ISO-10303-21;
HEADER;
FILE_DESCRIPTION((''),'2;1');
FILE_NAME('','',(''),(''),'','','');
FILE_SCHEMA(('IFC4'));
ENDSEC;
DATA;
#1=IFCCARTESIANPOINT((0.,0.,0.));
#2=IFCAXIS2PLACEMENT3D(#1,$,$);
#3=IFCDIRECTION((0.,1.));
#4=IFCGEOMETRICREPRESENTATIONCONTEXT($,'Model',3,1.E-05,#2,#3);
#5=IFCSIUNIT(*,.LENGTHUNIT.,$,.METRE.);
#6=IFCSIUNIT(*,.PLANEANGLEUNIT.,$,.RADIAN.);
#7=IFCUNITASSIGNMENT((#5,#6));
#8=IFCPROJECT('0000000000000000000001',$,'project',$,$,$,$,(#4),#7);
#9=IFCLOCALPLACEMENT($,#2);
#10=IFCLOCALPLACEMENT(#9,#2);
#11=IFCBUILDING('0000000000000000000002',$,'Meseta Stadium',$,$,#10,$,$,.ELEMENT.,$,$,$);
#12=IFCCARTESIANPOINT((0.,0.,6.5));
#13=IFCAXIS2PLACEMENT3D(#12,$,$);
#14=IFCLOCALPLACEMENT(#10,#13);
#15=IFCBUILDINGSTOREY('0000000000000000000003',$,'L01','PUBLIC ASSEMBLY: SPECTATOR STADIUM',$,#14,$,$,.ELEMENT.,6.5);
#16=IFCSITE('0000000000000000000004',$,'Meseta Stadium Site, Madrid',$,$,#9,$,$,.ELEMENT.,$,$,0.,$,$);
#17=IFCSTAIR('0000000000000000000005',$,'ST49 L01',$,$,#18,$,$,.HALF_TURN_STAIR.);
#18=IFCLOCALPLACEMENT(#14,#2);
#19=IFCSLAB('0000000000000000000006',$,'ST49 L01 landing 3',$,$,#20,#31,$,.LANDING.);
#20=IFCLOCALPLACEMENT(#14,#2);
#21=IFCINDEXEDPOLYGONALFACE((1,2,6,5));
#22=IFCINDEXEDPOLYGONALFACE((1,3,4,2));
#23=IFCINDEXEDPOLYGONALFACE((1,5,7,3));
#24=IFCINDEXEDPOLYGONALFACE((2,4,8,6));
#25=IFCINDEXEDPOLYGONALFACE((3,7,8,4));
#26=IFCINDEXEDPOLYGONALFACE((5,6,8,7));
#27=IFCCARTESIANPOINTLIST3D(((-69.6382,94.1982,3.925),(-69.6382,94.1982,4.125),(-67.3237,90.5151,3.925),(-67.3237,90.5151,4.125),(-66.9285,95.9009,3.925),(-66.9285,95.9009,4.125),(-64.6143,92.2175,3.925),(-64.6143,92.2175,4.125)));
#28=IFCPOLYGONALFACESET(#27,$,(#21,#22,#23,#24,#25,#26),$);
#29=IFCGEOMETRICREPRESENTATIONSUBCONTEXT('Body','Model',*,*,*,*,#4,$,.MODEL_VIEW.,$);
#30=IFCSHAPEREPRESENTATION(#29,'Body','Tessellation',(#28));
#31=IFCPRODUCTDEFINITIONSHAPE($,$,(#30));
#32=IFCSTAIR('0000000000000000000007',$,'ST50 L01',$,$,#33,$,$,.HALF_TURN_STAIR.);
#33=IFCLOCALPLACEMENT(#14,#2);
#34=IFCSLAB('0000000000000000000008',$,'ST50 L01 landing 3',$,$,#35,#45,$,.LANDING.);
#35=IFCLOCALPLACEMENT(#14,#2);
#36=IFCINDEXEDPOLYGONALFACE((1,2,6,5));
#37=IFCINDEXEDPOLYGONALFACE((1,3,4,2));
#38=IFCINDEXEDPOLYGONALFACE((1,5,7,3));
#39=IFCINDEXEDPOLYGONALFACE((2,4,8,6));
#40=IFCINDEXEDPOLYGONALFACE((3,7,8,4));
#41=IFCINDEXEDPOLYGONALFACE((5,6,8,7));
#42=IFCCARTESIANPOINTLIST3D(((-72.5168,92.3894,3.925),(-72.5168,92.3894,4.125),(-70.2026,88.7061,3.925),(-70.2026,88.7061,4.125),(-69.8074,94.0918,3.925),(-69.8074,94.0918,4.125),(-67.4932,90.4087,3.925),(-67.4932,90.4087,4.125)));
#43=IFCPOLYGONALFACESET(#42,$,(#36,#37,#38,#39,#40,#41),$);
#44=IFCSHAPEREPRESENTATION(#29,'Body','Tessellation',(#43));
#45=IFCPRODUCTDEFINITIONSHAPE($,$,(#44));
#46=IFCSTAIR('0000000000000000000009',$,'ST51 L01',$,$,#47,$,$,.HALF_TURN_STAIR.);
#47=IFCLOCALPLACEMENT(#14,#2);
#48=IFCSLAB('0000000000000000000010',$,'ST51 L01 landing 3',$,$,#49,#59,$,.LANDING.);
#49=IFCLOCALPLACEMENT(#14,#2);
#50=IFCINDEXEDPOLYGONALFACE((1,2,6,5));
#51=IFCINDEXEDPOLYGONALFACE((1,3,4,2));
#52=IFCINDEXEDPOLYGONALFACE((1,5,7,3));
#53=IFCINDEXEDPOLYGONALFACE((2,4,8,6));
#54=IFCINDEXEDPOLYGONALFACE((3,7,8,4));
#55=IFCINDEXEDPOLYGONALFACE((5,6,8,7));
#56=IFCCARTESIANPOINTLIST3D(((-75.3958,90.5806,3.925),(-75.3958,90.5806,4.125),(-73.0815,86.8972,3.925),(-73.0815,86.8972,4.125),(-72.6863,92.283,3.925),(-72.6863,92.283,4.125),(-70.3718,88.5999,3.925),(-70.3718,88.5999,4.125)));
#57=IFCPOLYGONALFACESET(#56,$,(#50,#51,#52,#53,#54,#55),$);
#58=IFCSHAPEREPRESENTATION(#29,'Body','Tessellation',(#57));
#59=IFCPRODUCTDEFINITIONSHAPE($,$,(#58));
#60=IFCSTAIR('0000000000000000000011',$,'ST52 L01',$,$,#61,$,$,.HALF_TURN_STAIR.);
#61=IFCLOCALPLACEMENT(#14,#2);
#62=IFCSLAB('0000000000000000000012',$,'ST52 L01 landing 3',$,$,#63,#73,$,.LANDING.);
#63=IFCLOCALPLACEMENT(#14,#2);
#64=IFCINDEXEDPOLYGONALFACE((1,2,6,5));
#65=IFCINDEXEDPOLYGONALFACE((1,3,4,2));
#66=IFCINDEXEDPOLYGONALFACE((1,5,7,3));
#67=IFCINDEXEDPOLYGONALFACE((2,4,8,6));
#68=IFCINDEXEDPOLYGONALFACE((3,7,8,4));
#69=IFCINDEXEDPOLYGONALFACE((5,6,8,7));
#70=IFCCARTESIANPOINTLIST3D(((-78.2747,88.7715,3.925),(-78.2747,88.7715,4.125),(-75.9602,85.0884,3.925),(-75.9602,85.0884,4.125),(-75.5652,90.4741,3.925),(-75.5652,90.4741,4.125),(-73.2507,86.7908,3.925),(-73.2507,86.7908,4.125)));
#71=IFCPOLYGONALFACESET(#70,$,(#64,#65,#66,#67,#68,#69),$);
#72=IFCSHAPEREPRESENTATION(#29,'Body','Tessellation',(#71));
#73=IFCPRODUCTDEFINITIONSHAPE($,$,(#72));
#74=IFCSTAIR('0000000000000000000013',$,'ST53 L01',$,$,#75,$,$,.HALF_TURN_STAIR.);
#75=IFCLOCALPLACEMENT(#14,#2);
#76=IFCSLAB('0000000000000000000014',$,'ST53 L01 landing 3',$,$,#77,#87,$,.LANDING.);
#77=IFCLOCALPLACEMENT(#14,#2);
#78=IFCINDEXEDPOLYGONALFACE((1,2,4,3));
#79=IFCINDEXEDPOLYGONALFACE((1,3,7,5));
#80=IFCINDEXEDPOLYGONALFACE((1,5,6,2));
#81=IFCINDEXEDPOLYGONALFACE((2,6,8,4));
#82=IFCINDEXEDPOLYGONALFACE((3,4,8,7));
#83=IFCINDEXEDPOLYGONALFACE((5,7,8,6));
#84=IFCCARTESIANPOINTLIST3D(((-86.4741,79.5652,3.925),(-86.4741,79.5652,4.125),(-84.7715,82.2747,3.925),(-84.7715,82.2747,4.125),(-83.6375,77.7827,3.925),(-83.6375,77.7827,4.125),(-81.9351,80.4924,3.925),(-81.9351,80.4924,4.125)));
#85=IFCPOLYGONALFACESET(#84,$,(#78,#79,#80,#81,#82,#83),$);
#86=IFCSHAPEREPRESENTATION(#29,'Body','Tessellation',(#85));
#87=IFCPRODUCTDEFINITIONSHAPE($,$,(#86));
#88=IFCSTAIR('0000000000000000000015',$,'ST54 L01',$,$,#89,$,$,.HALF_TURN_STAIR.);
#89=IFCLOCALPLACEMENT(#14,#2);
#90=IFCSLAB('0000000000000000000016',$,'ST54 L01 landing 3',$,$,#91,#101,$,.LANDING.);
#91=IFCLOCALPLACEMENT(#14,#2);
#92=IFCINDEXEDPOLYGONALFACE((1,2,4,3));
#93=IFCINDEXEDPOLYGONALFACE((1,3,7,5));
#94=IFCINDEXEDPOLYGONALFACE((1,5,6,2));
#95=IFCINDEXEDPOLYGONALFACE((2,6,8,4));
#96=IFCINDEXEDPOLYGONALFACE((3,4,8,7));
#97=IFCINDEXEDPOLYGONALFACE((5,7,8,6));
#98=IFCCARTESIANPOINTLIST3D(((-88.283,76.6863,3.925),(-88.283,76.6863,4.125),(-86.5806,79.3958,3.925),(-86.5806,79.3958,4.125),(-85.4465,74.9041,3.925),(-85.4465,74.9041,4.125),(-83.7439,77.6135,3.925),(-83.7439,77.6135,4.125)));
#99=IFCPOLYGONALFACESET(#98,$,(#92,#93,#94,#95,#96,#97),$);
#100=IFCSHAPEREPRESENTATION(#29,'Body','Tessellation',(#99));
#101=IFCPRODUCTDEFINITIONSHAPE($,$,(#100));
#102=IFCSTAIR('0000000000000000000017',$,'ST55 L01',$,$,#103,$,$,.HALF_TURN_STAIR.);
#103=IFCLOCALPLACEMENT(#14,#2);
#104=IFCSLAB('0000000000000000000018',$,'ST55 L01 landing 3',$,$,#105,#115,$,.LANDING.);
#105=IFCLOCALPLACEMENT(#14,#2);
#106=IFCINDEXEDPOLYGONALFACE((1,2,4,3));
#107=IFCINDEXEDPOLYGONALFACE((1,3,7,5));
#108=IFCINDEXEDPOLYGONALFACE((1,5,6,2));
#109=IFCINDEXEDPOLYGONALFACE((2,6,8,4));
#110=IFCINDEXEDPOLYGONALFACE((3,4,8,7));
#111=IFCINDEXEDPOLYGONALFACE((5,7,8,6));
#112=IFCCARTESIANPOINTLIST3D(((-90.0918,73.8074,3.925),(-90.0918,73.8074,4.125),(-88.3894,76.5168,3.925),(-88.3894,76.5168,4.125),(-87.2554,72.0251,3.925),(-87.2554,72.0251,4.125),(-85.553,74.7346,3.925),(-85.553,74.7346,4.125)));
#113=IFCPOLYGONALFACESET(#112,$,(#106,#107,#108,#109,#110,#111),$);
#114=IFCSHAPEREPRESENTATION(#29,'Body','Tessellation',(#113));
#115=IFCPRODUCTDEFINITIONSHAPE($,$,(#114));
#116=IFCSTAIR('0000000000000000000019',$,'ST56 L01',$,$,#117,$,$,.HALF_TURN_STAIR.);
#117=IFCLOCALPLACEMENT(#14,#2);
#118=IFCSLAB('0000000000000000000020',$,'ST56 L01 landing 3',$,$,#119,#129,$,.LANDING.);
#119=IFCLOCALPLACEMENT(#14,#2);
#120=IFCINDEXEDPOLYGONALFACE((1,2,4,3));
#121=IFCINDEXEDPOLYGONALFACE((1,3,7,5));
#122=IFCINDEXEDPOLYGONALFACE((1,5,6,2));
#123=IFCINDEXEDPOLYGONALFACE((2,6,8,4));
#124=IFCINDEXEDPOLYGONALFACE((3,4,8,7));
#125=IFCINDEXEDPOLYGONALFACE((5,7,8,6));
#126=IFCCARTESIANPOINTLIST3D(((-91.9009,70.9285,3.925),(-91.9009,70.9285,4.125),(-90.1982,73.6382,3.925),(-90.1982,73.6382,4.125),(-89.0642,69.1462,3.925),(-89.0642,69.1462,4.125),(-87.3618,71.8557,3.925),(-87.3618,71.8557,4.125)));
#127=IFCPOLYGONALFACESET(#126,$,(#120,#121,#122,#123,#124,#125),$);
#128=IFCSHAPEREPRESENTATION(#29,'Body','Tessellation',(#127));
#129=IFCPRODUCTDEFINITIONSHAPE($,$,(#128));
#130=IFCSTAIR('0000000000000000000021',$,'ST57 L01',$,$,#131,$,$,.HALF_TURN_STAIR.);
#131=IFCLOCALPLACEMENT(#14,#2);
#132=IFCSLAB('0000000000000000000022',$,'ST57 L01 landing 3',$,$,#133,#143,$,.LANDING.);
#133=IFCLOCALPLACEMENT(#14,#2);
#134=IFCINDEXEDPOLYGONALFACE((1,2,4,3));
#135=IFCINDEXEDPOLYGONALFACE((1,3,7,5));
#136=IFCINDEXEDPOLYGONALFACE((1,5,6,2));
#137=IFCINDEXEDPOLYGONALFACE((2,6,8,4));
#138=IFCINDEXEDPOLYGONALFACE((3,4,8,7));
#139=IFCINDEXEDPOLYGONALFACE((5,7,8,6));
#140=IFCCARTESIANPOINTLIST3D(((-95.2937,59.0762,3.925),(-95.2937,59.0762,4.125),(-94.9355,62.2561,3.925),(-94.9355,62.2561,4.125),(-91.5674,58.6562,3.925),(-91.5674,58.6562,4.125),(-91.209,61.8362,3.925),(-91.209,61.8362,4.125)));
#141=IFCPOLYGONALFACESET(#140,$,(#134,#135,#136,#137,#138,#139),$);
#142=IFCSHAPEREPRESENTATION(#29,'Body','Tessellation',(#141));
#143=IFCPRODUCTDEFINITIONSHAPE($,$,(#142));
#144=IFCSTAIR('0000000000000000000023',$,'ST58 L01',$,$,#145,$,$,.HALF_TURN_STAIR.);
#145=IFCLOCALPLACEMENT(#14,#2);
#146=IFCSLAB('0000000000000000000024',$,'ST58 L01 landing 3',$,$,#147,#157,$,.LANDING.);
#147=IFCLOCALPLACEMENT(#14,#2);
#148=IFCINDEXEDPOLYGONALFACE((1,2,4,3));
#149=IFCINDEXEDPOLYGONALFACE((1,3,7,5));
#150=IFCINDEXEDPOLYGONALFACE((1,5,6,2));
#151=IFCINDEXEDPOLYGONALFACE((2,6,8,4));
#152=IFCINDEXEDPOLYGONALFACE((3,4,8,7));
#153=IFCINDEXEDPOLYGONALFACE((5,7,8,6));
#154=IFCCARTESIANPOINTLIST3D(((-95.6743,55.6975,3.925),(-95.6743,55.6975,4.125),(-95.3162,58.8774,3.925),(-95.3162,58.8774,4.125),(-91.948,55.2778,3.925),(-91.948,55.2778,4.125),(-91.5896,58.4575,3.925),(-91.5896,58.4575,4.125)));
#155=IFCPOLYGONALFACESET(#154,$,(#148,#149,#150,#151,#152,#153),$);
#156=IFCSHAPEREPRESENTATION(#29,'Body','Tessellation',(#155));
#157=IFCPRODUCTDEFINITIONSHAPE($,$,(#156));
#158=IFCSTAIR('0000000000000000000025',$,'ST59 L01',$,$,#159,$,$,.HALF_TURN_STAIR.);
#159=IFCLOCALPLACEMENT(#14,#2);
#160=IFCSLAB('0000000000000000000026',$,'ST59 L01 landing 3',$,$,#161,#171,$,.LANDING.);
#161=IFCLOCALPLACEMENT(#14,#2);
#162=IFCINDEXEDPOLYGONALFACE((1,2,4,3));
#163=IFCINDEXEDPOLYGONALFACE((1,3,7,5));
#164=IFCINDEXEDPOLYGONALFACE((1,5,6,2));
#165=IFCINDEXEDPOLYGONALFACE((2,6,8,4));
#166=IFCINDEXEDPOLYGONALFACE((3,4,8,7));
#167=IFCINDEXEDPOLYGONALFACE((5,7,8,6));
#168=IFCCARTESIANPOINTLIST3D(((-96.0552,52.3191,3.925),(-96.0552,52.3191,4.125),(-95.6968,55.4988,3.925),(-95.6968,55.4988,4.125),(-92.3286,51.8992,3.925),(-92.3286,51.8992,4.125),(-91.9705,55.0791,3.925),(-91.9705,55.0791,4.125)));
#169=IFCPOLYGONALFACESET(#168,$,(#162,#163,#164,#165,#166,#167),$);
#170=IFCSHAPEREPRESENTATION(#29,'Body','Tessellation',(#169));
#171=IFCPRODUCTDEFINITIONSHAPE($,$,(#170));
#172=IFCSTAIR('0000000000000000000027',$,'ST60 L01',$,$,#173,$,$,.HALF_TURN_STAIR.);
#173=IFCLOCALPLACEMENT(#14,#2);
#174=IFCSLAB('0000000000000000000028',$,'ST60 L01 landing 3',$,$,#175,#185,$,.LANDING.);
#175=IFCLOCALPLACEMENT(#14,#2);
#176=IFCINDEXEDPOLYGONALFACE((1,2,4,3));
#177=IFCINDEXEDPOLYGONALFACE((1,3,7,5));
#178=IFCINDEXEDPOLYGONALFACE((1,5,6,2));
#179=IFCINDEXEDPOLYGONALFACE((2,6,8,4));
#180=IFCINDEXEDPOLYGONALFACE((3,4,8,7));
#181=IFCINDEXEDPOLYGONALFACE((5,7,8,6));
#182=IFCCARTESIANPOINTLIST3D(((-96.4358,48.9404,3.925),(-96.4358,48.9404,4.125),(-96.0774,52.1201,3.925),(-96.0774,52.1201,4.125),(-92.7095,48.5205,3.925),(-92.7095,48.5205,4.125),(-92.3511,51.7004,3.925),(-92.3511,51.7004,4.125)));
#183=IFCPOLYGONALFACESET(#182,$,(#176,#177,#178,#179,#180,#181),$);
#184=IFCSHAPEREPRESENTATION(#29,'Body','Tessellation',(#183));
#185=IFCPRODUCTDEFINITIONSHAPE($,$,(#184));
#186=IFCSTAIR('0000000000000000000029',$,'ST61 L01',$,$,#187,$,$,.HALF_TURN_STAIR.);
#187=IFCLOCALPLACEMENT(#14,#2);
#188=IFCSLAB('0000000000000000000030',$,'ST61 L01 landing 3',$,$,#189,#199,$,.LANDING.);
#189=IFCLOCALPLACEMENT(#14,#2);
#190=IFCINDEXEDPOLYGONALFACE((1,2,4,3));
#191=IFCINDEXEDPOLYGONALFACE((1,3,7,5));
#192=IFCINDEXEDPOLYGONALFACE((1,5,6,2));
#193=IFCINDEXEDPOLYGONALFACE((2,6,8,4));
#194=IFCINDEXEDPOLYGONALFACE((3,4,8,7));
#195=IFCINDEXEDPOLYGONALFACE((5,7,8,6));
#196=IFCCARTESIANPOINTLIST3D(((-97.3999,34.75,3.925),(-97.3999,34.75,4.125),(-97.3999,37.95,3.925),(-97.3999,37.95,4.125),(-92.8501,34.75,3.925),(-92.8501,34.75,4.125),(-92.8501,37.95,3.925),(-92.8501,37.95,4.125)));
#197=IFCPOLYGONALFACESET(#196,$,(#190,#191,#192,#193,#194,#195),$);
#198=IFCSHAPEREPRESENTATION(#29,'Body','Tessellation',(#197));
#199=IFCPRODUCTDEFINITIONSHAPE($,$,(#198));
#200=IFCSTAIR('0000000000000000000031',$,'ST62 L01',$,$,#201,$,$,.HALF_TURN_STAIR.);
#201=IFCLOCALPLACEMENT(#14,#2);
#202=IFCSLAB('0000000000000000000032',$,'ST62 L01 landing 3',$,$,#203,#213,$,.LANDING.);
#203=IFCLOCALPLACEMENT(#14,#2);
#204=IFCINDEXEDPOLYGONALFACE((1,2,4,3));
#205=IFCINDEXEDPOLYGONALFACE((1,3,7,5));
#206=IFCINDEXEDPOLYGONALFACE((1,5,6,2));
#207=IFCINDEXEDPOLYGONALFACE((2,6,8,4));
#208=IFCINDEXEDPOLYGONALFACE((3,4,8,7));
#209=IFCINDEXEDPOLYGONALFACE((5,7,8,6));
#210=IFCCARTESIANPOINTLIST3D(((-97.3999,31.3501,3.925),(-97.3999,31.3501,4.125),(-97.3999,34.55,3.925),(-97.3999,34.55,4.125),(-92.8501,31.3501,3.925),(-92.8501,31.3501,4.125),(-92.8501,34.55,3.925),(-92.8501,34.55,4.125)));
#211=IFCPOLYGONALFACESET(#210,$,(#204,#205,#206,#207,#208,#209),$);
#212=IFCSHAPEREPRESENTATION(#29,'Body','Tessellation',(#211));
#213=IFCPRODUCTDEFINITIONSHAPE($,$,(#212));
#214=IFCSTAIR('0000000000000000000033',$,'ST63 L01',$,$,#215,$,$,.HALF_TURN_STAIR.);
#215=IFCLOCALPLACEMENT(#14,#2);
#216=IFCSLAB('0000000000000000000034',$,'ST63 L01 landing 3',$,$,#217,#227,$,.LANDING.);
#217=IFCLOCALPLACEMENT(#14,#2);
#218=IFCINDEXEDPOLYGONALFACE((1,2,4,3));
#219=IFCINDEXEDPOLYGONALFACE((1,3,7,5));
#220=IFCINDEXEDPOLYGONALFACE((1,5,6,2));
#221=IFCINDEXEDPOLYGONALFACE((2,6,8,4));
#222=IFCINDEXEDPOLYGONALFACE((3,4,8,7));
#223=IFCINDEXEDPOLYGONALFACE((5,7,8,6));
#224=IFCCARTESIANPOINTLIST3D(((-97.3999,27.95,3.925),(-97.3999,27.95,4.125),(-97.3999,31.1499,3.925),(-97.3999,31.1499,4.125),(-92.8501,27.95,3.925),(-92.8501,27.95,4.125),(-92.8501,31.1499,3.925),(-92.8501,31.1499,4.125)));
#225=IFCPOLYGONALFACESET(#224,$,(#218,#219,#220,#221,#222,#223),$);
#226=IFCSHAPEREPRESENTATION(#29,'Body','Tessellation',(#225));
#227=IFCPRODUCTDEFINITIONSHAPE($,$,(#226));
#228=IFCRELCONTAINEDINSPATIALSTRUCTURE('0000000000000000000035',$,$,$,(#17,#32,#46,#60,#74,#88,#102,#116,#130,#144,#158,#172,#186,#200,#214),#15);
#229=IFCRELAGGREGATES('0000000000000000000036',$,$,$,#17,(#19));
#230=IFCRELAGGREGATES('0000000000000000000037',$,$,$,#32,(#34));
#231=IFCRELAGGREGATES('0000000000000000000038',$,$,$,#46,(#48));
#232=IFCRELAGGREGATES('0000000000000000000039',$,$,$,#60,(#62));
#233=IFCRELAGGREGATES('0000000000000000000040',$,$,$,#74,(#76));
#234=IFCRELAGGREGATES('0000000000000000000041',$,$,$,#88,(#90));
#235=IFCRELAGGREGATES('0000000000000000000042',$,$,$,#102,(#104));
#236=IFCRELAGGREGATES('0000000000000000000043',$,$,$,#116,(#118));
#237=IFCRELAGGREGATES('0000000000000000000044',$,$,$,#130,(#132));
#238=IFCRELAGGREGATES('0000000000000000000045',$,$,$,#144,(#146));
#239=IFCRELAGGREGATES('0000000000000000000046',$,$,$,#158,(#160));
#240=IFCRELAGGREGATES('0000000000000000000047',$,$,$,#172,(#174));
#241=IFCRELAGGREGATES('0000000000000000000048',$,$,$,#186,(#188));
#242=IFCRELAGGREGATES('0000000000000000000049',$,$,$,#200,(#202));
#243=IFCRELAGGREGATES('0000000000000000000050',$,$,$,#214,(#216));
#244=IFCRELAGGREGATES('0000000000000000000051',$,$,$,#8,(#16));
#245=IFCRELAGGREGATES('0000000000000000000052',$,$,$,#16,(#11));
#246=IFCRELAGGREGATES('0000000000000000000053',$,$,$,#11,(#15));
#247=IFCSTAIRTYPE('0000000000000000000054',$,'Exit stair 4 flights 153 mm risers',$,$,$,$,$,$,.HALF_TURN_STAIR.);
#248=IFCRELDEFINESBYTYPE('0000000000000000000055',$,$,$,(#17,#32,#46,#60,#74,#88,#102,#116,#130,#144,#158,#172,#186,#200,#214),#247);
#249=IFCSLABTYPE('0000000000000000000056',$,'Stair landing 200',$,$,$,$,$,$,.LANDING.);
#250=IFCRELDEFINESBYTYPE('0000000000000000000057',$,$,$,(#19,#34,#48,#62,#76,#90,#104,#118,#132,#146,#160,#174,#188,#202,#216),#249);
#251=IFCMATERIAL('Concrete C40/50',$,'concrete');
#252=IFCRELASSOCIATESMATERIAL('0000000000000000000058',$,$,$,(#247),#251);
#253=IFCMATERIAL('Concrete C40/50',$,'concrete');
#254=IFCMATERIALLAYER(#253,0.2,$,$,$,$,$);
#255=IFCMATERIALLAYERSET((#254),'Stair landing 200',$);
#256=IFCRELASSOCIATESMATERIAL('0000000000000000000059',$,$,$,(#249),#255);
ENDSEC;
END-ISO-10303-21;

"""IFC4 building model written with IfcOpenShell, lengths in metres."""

from ifc_helpers import new_model, si_unit, direction, frame, origin, place, context, subcontext, project, spatial, polyline, outline, extrude, material, layer, layer_set, type_object, element, aggregate, save


model = new_model("IFC4")

# Units and contexts
model_context = context("Model", 3, precision=1e-05, world=origin(), true_north=direction((0.0, 1.0)))
body_context = subcontext(model_context, "Body", "Model", "MODEL_VIEW")
ifc_project = project(units=[si_unit("LENGTHUNIT", "METRE"), si_unit("PLANEANGLEUNIT", "RADIAN")], contexts=[model_context])

# Site, building, storey
site_placement = place(None, origin())
site = spatial("IfcSite", under=ifc_project, at=site_placement, Name="Meseta Stadium Site, Madrid", CompositionType="ELEMENT", RefElevation=0.0)
building_placement = place(site_placement, origin())
building = spatial("IfcBuilding", under=site, at=building_placement, Name="Meseta Stadium", CompositionType="ELEMENT")
storey_placement = place(building_placement, frame((0.0, 0.0, 6.5)))
storey = spatial("IfcBuildingStorey", under=building, at=storey_placement, Name="L01", Description="PUBLIC ASSEMBLY: SPECTATOR STADIUM", CompositionType="ELEMENT", Elevation=6.5)

# Stairs, slabs
ifc_material_1 = material(Name="Concrete C40/50", Category="concrete")
stair_type = type_object("IfcStairType", Name="Exit stair 4 flights 153 mm risers", PredefinedType="HALF_TURN_STAIR", material=ifc_material_1)
ifc_material_2 = material(Name="Concrete C40/50", Category="concrete")
ifc_layer = layer(ifc_material_2, 0.2)
ifc_layer_set = layer_set([ifc_layer], Name="Stair landing 200")
slab_type = type_object("IfcSlabType", Name="Stair landing 200", PredefinedType="LANDING", material=ifc_layer_set)
stair_1_placement = place(storey_placement, origin())
stair_1 = element("IfcStair", 1, at=stair_1_placement, inside=storey, type_object=stair_type, Name="ST49 L01", PredefinedType="HALF_TURN_STAIR")
slab_1_placement = place(storey_placement, frame((0.0, 0.0, 3.925)))
slab_1 = element("IfcSlab", 2, at=slab_1_placement, type_object=slab_type, Name="ST49 L01 landing 3", PredefinedType="LANDING", context=body_context, shape_type="SweptSolid", body=[
    extrude(outline(polyline([(-64.6143, 92.2175), (-66.9285, 95.9009), (-69.6382, 94.1982), (-67.3237, 90.5151), (-64.6143, 92.2175)])), origin(), (0.0, 0.0, 1.0), 0.2),
])
aggregate(stair_1, [slab_1])
stair_2_placement = place(storey_placement, origin())
stair_2 = element("IfcStair", 3, at=stair_2_placement, inside=storey, type_object=stair_type, Name="ST50 L01", PredefinedType="HALF_TURN_STAIR")
slab_2_placement = place(storey_placement, frame((0.0, 0.0, 3.925)))
slab_2 = element("IfcSlab", 4, at=slab_2_placement, type_object=slab_type, Name="ST50 L01 landing 3", PredefinedType="LANDING", context=body_context, shape_type="SweptSolid", body=[
    extrude(outline(polyline([(-67.4932, 90.4087), (-69.8074, 94.0918), (-72.5168, 92.3894), (-70.2026, 88.7061), (-67.4932, 90.4087)])), origin(), (0.0, 0.0, 1.0), 0.2),
])
aggregate(stair_2, [slab_2])
stair_3_placement = place(storey_placement, origin())
stair_3 = element("IfcStair", 5, at=stair_3_placement, inside=storey, type_object=stair_type, Name="ST51 L01", PredefinedType="HALF_TURN_STAIR")
slab_3_placement = place(storey_placement, frame((0.0, 0.0, 3.925)))
slab_3 = element("IfcSlab", 6, at=slab_3_placement, type_object=slab_type, Name="ST51 L01 landing 3", PredefinedType="LANDING", context=body_context, shape_type="SweptSolid", body=[
    extrude(outline(polyline([(-70.3718, 88.5999), (-72.6863, 92.283), (-75.3958, 90.5806), (-73.0815, 86.8972), (-70.3718, 88.5999)])), origin(), (0.0, 0.0, 1.0), 0.2),
])
aggregate(stair_3, [slab_3])
stair_4_placement = place(storey_placement, origin())
stair_4 = element("IfcStair", 7, at=stair_4_placement, inside=storey, type_object=stair_type, Name="ST52 L01", PredefinedType="HALF_TURN_STAIR")
slab_4_placement = place(storey_placement, frame((0.0, 0.0, 3.925)))
slab_4 = element("IfcSlab", 8, at=slab_4_placement, type_object=slab_type, Name="ST52 L01 landing 3", PredefinedType="LANDING", context=body_context, shape_type="SweptSolid", body=[
    extrude(outline(polyline([(-73.2507, 86.7908), (-75.5652, 90.4741), (-78.2747, 88.7715), (-75.9602, 85.0884), (-73.2507, 86.7908)])), origin(), (0.0, 0.0, 1.0), 0.2),
])
aggregate(stair_4, [slab_4])
stair_5_placement = place(storey_placement, origin())
stair_5 = element("IfcStair", 9, at=stair_5_placement, inside=storey, type_object=stair_type, Name="ST53 L01", PredefinedType="HALF_TURN_STAIR")
slab_5_placement = place(storey_placement, frame((0.0, 0.0, 3.925)))
slab_5 = element("IfcSlab", 10, at=slab_5_placement, type_object=slab_type, Name="ST53 L01 landing 3", PredefinedType="LANDING", context=body_context, shape_type="SweptSolid", body=[
    extrude(outline(polyline([(-81.9351, 80.4924), (-84.7715, 82.2747), (-86.4741, 79.5652), (-83.6375, 77.7827), (-81.9351, 80.4924)])), origin(), (0.0, 0.0, 1.0), 0.2),
])
aggregate(stair_5, [slab_5])
stair_6_placement = place(storey_placement, origin())
stair_6 = element("IfcStair", 11, at=stair_6_placement, inside=storey, type_object=stair_type, Name="ST54 L01", PredefinedType="HALF_TURN_STAIR")
slab_6_placement = place(storey_placement, frame((0.0, 0.0, 3.925)))
slab_6 = element("IfcSlab", 12, at=slab_6_placement, type_object=slab_type, Name="ST54 L01 landing 3", PredefinedType="LANDING", context=body_context, shape_type="SweptSolid", body=[
    extrude(outline(polyline([(-83.7439, 77.6135), (-86.5806, 79.3958), (-88.283, 76.6863), (-85.4465, 74.9041), (-83.7439, 77.6135)])), origin(), (0.0, 0.0, 1.0), 0.2),
])
aggregate(stair_6, [slab_6])
stair_7_placement = place(storey_placement, origin())
stair_7 = element("IfcStair", 13, at=stair_7_placement, inside=storey, type_object=stair_type, Name="ST55 L01", PredefinedType="HALF_TURN_STAIR")
slab_7_placement = place(storey_placement, frame((0.0, 0.0, 3.925)))
slab_7 = element("IfcSlab", 14, at=slab_7_placement, type_object=slab_type, Name="ST55 L01 landing 3", PredefinedType="LANDING", context=body_context, shape_type="SweptSolid", body=[
    extrude(outline(polyline([(-85.553, 74.7346), (-88.3894, 76.5168), (-90.0918, 73.8074), (-87.2554, 72.0251), (-85.553, 74.7346)])), origin(), (0.0, 0.0, 1.0), 0.2),
])
aggregate(stair_7, [slab_7])
stair_8_placement = place(storey_placement, origin())
stair_8 = element("IfcStair", 15, at=stair_8_placement, inside=storey, type_object=stair_type, Name="ST56 L01", PredefinedType="HALF_TURN_STAIR")
slab_8_placement = place(storey_placement, frame((0.0, 0.0, 3.925)))
slab_8 = element("IfcSlab", 16, at=slab_8_placement, type_object=slab_type, Name="ST56 L01 landing 3", PredefinedType="LANDING", context=body_context, shape_type="SweptSolid", body=[
    extrude(outline(polyline([(-87.3618, 71.8557), (-90.1982, 73.6382), (-91.9009, 70.9285), (-89.0642, 69.1462), (-87.3618, 71.8557)])), origin(), (0.0, 0.0, 1.0), 0.2),
])
aggregate(stair_8, [slab_8])
stair_9_placement = place(storey_placement, origin())
stair_9 = element("IfcStair", 17, at=stair_9_placement, inside=storey, type_object=stair_type, Name="ST57 L01", PredefinedType="HALF_TURN_STAIR")
slab_9_placement = place(storey_placement, frame((0.0, 0.0, 3.925)))
slab_9 = element("IfcSlab", 18, at=slab_9_placement, type_object=slab_type, Name="ST57 L01 landing 3", PredefinedType="LANDING", context=body_context, shape_type="SweptSolid", body=[
    extrude(outline(polyline([(-91.209, 61.8362), (-94.9355, 62.2561), (-95.2937, 59.0762), (-91.5674, 58.6562), (-91.209, 61.8362)])), origin(), (0.0, 0.0, 1.0), 0.2),
])
aggregate(stair_9, [slab_9])
stair_10_placement = place(storey_placement, origin())
stair_10 = element("IfcStair", 19, at=stair_10_placement, inside=storey, type_object=stair_type, Name="ST58 L01", PredefinedType="HALF_TURN_STAIR")
slab_10_placement = place(storey_placement, frame((0.0, 0.0, 3.925)))
slab_10 = element("IfcSlab", 20, at=slab_10_placement, type_object=slab_type, Name="ST58 L01 landing 3", PredefinedType="LANDING", context=body_context, shape_type="SweptSolid", body=[
    extrude(outline(polyline([(-91.5896, 58.4575), (-95.3162, 58.8774), (-95.6743, 55.6975), (-91.948, 55.2778), (-91.5896, 58.4575)])), origin(), (0.0, 0.0, 1.0), 0.2),
])
aggregate(stair_10, [slab_10])
stair_11_placement = place(storey_placement, origin())
stair_11 = element("IfcStair", 21, at=stair_11_placement, inside=storey, type_object=stair_type, Name="ST59 L01", PredefinedType="HALF_TURN_STAIR")
slab_11_placement = place(storey_placement, frame((0.0, 0.0, 3.925)))
slab_11 = element("IfcSlab", 22, at=slab_11_placement, type_object=slab_type, Name="ST59 L01 landing 3", PredefinedType="LANDING", context=body_context, shape_type="SweptSolid", body=[
    extrude(outline(polyline([(-91.9705, 55.0791), (-95.6968, 55.4988), (-96.0552, 52.3191), (-92.3286, 51.8992), (-91.9705, 55.0791)])), origin(), (0.0, 0.0, 1.0), 0.2),
])
aggregate(stair_11, [slab_11])
stair_12_placement = place(storey_placement, origin())
stair_12 = element("IfcStair", 23, at=stair_12_placement, inside=storey, type_object=stair_type, Name="ST60 L01", PredefinedType="HALF_TURN_STAIR")
slab_12_placement = place(storey_placement, frame((0.0, 0.0, 3.925)))
slab_12 = element("IfcSlab", 24, at=slab_12_placement, type_object=slab_type, Name="ST60 L01 landing 3", PredefinedType="LANDING", context=body_context, shape_type="SweptSolid", body=[
    extrude(outline(polyline([(-92.3511, 51.7004), (-96.0774, 52.1201), (-96.4358, 48.9404), (-92.7095, 48.5205), (-92.3511, 51.7004)])), origin(), (0.0, 0.0, 1.0), 0.2),
])
aggregate(stair_12, [slab_12])
stair_13_placement = place(storey_placement, origin())
stair_13 = element("IfcStair", 25, at=stair_13_placement, inside=storey, type_object=stair_type, Name="ST61 L01", PredefinedType="HALF_TURN_STAIR")
slab_13_placement = place(storey_placement, frame((0.0, 0.0, 3.925)))
slab_13 = element("IfcSlab", 26, at=slab_13_placement, type_object=slab_type, Name="ST61 L01 landing 3", PredefinedType="LANDING", context=body_context, shape_type="SweptSolid", body=[
    extrude(outline(polyline([(-92.8501, 37.95), (-97.3999, 37.95), (-97.3999, 34.75), (-92.8501, 34.75), (-92.8501, 37.95)])), origin(), (0.0, 0.0, 1.0), 0.2),
])
aggregate(stair_13, [slab_13])
stair_14_placement = place(storey_placement, origin())
stair_14 = element("IfcStair", 27, at=stair_14_placement, inside=storey, type_object=stair_type, Name="ST62 L01", PredefinedType="HALF_TURN_STAIR")
slab_14_placement = place(storey_placement, frame((0.0, 0.0, 3.925)))
slab_14 = element("IfcSlab", 28, at=slab_14_placement, type_object=slab_type, Name="ST62 L01 landing 3", PredefinedType="LANDING", context=body_context, shape_type="SweptSolid", body=[
    extrude(outline(polyline([(-92.8501, 34.55), (-97.3999, 34.55), (-97.3999, 31.3501), (-92.8501, 31.3501), (-92.8501, 34.55)])), origin(), (0.0, 0.0, 1.0), 0.2),
])
aggregate(stair_14, [slab_14])
stair_15_placement = place(storey_placement, origin())
stair_15 = element("IfcStair", 29, at=stair_15_placement, inside=storey, type_object=stair_type, Name="ST63 L01", PredefinedType="HALF_TURN_STAIR")
slab_15_placement = place(storey_placement, frame((0.0, 0.0, 3.925)))
slab_15 = element("IfcSlab", 30, at=slab_15_placement, type_object=slab_type, Name="ST63 L01 landing 3", PredefinedType="LANDING", context=body_context, shape_type="SweptSolid", body=[
    extrude(outline(polyline([(-92.8501, 31.1499), (-97.3999, 31.1499), (-97.3999, 27.95), (-92.8501, 27.95), (-92.8501, 31.1499)])), origin(), (0.0, 0.0, 1.0), 0.2),
])
aggregate(stair_15, [slab_15])

save(model, "model.ifc")
